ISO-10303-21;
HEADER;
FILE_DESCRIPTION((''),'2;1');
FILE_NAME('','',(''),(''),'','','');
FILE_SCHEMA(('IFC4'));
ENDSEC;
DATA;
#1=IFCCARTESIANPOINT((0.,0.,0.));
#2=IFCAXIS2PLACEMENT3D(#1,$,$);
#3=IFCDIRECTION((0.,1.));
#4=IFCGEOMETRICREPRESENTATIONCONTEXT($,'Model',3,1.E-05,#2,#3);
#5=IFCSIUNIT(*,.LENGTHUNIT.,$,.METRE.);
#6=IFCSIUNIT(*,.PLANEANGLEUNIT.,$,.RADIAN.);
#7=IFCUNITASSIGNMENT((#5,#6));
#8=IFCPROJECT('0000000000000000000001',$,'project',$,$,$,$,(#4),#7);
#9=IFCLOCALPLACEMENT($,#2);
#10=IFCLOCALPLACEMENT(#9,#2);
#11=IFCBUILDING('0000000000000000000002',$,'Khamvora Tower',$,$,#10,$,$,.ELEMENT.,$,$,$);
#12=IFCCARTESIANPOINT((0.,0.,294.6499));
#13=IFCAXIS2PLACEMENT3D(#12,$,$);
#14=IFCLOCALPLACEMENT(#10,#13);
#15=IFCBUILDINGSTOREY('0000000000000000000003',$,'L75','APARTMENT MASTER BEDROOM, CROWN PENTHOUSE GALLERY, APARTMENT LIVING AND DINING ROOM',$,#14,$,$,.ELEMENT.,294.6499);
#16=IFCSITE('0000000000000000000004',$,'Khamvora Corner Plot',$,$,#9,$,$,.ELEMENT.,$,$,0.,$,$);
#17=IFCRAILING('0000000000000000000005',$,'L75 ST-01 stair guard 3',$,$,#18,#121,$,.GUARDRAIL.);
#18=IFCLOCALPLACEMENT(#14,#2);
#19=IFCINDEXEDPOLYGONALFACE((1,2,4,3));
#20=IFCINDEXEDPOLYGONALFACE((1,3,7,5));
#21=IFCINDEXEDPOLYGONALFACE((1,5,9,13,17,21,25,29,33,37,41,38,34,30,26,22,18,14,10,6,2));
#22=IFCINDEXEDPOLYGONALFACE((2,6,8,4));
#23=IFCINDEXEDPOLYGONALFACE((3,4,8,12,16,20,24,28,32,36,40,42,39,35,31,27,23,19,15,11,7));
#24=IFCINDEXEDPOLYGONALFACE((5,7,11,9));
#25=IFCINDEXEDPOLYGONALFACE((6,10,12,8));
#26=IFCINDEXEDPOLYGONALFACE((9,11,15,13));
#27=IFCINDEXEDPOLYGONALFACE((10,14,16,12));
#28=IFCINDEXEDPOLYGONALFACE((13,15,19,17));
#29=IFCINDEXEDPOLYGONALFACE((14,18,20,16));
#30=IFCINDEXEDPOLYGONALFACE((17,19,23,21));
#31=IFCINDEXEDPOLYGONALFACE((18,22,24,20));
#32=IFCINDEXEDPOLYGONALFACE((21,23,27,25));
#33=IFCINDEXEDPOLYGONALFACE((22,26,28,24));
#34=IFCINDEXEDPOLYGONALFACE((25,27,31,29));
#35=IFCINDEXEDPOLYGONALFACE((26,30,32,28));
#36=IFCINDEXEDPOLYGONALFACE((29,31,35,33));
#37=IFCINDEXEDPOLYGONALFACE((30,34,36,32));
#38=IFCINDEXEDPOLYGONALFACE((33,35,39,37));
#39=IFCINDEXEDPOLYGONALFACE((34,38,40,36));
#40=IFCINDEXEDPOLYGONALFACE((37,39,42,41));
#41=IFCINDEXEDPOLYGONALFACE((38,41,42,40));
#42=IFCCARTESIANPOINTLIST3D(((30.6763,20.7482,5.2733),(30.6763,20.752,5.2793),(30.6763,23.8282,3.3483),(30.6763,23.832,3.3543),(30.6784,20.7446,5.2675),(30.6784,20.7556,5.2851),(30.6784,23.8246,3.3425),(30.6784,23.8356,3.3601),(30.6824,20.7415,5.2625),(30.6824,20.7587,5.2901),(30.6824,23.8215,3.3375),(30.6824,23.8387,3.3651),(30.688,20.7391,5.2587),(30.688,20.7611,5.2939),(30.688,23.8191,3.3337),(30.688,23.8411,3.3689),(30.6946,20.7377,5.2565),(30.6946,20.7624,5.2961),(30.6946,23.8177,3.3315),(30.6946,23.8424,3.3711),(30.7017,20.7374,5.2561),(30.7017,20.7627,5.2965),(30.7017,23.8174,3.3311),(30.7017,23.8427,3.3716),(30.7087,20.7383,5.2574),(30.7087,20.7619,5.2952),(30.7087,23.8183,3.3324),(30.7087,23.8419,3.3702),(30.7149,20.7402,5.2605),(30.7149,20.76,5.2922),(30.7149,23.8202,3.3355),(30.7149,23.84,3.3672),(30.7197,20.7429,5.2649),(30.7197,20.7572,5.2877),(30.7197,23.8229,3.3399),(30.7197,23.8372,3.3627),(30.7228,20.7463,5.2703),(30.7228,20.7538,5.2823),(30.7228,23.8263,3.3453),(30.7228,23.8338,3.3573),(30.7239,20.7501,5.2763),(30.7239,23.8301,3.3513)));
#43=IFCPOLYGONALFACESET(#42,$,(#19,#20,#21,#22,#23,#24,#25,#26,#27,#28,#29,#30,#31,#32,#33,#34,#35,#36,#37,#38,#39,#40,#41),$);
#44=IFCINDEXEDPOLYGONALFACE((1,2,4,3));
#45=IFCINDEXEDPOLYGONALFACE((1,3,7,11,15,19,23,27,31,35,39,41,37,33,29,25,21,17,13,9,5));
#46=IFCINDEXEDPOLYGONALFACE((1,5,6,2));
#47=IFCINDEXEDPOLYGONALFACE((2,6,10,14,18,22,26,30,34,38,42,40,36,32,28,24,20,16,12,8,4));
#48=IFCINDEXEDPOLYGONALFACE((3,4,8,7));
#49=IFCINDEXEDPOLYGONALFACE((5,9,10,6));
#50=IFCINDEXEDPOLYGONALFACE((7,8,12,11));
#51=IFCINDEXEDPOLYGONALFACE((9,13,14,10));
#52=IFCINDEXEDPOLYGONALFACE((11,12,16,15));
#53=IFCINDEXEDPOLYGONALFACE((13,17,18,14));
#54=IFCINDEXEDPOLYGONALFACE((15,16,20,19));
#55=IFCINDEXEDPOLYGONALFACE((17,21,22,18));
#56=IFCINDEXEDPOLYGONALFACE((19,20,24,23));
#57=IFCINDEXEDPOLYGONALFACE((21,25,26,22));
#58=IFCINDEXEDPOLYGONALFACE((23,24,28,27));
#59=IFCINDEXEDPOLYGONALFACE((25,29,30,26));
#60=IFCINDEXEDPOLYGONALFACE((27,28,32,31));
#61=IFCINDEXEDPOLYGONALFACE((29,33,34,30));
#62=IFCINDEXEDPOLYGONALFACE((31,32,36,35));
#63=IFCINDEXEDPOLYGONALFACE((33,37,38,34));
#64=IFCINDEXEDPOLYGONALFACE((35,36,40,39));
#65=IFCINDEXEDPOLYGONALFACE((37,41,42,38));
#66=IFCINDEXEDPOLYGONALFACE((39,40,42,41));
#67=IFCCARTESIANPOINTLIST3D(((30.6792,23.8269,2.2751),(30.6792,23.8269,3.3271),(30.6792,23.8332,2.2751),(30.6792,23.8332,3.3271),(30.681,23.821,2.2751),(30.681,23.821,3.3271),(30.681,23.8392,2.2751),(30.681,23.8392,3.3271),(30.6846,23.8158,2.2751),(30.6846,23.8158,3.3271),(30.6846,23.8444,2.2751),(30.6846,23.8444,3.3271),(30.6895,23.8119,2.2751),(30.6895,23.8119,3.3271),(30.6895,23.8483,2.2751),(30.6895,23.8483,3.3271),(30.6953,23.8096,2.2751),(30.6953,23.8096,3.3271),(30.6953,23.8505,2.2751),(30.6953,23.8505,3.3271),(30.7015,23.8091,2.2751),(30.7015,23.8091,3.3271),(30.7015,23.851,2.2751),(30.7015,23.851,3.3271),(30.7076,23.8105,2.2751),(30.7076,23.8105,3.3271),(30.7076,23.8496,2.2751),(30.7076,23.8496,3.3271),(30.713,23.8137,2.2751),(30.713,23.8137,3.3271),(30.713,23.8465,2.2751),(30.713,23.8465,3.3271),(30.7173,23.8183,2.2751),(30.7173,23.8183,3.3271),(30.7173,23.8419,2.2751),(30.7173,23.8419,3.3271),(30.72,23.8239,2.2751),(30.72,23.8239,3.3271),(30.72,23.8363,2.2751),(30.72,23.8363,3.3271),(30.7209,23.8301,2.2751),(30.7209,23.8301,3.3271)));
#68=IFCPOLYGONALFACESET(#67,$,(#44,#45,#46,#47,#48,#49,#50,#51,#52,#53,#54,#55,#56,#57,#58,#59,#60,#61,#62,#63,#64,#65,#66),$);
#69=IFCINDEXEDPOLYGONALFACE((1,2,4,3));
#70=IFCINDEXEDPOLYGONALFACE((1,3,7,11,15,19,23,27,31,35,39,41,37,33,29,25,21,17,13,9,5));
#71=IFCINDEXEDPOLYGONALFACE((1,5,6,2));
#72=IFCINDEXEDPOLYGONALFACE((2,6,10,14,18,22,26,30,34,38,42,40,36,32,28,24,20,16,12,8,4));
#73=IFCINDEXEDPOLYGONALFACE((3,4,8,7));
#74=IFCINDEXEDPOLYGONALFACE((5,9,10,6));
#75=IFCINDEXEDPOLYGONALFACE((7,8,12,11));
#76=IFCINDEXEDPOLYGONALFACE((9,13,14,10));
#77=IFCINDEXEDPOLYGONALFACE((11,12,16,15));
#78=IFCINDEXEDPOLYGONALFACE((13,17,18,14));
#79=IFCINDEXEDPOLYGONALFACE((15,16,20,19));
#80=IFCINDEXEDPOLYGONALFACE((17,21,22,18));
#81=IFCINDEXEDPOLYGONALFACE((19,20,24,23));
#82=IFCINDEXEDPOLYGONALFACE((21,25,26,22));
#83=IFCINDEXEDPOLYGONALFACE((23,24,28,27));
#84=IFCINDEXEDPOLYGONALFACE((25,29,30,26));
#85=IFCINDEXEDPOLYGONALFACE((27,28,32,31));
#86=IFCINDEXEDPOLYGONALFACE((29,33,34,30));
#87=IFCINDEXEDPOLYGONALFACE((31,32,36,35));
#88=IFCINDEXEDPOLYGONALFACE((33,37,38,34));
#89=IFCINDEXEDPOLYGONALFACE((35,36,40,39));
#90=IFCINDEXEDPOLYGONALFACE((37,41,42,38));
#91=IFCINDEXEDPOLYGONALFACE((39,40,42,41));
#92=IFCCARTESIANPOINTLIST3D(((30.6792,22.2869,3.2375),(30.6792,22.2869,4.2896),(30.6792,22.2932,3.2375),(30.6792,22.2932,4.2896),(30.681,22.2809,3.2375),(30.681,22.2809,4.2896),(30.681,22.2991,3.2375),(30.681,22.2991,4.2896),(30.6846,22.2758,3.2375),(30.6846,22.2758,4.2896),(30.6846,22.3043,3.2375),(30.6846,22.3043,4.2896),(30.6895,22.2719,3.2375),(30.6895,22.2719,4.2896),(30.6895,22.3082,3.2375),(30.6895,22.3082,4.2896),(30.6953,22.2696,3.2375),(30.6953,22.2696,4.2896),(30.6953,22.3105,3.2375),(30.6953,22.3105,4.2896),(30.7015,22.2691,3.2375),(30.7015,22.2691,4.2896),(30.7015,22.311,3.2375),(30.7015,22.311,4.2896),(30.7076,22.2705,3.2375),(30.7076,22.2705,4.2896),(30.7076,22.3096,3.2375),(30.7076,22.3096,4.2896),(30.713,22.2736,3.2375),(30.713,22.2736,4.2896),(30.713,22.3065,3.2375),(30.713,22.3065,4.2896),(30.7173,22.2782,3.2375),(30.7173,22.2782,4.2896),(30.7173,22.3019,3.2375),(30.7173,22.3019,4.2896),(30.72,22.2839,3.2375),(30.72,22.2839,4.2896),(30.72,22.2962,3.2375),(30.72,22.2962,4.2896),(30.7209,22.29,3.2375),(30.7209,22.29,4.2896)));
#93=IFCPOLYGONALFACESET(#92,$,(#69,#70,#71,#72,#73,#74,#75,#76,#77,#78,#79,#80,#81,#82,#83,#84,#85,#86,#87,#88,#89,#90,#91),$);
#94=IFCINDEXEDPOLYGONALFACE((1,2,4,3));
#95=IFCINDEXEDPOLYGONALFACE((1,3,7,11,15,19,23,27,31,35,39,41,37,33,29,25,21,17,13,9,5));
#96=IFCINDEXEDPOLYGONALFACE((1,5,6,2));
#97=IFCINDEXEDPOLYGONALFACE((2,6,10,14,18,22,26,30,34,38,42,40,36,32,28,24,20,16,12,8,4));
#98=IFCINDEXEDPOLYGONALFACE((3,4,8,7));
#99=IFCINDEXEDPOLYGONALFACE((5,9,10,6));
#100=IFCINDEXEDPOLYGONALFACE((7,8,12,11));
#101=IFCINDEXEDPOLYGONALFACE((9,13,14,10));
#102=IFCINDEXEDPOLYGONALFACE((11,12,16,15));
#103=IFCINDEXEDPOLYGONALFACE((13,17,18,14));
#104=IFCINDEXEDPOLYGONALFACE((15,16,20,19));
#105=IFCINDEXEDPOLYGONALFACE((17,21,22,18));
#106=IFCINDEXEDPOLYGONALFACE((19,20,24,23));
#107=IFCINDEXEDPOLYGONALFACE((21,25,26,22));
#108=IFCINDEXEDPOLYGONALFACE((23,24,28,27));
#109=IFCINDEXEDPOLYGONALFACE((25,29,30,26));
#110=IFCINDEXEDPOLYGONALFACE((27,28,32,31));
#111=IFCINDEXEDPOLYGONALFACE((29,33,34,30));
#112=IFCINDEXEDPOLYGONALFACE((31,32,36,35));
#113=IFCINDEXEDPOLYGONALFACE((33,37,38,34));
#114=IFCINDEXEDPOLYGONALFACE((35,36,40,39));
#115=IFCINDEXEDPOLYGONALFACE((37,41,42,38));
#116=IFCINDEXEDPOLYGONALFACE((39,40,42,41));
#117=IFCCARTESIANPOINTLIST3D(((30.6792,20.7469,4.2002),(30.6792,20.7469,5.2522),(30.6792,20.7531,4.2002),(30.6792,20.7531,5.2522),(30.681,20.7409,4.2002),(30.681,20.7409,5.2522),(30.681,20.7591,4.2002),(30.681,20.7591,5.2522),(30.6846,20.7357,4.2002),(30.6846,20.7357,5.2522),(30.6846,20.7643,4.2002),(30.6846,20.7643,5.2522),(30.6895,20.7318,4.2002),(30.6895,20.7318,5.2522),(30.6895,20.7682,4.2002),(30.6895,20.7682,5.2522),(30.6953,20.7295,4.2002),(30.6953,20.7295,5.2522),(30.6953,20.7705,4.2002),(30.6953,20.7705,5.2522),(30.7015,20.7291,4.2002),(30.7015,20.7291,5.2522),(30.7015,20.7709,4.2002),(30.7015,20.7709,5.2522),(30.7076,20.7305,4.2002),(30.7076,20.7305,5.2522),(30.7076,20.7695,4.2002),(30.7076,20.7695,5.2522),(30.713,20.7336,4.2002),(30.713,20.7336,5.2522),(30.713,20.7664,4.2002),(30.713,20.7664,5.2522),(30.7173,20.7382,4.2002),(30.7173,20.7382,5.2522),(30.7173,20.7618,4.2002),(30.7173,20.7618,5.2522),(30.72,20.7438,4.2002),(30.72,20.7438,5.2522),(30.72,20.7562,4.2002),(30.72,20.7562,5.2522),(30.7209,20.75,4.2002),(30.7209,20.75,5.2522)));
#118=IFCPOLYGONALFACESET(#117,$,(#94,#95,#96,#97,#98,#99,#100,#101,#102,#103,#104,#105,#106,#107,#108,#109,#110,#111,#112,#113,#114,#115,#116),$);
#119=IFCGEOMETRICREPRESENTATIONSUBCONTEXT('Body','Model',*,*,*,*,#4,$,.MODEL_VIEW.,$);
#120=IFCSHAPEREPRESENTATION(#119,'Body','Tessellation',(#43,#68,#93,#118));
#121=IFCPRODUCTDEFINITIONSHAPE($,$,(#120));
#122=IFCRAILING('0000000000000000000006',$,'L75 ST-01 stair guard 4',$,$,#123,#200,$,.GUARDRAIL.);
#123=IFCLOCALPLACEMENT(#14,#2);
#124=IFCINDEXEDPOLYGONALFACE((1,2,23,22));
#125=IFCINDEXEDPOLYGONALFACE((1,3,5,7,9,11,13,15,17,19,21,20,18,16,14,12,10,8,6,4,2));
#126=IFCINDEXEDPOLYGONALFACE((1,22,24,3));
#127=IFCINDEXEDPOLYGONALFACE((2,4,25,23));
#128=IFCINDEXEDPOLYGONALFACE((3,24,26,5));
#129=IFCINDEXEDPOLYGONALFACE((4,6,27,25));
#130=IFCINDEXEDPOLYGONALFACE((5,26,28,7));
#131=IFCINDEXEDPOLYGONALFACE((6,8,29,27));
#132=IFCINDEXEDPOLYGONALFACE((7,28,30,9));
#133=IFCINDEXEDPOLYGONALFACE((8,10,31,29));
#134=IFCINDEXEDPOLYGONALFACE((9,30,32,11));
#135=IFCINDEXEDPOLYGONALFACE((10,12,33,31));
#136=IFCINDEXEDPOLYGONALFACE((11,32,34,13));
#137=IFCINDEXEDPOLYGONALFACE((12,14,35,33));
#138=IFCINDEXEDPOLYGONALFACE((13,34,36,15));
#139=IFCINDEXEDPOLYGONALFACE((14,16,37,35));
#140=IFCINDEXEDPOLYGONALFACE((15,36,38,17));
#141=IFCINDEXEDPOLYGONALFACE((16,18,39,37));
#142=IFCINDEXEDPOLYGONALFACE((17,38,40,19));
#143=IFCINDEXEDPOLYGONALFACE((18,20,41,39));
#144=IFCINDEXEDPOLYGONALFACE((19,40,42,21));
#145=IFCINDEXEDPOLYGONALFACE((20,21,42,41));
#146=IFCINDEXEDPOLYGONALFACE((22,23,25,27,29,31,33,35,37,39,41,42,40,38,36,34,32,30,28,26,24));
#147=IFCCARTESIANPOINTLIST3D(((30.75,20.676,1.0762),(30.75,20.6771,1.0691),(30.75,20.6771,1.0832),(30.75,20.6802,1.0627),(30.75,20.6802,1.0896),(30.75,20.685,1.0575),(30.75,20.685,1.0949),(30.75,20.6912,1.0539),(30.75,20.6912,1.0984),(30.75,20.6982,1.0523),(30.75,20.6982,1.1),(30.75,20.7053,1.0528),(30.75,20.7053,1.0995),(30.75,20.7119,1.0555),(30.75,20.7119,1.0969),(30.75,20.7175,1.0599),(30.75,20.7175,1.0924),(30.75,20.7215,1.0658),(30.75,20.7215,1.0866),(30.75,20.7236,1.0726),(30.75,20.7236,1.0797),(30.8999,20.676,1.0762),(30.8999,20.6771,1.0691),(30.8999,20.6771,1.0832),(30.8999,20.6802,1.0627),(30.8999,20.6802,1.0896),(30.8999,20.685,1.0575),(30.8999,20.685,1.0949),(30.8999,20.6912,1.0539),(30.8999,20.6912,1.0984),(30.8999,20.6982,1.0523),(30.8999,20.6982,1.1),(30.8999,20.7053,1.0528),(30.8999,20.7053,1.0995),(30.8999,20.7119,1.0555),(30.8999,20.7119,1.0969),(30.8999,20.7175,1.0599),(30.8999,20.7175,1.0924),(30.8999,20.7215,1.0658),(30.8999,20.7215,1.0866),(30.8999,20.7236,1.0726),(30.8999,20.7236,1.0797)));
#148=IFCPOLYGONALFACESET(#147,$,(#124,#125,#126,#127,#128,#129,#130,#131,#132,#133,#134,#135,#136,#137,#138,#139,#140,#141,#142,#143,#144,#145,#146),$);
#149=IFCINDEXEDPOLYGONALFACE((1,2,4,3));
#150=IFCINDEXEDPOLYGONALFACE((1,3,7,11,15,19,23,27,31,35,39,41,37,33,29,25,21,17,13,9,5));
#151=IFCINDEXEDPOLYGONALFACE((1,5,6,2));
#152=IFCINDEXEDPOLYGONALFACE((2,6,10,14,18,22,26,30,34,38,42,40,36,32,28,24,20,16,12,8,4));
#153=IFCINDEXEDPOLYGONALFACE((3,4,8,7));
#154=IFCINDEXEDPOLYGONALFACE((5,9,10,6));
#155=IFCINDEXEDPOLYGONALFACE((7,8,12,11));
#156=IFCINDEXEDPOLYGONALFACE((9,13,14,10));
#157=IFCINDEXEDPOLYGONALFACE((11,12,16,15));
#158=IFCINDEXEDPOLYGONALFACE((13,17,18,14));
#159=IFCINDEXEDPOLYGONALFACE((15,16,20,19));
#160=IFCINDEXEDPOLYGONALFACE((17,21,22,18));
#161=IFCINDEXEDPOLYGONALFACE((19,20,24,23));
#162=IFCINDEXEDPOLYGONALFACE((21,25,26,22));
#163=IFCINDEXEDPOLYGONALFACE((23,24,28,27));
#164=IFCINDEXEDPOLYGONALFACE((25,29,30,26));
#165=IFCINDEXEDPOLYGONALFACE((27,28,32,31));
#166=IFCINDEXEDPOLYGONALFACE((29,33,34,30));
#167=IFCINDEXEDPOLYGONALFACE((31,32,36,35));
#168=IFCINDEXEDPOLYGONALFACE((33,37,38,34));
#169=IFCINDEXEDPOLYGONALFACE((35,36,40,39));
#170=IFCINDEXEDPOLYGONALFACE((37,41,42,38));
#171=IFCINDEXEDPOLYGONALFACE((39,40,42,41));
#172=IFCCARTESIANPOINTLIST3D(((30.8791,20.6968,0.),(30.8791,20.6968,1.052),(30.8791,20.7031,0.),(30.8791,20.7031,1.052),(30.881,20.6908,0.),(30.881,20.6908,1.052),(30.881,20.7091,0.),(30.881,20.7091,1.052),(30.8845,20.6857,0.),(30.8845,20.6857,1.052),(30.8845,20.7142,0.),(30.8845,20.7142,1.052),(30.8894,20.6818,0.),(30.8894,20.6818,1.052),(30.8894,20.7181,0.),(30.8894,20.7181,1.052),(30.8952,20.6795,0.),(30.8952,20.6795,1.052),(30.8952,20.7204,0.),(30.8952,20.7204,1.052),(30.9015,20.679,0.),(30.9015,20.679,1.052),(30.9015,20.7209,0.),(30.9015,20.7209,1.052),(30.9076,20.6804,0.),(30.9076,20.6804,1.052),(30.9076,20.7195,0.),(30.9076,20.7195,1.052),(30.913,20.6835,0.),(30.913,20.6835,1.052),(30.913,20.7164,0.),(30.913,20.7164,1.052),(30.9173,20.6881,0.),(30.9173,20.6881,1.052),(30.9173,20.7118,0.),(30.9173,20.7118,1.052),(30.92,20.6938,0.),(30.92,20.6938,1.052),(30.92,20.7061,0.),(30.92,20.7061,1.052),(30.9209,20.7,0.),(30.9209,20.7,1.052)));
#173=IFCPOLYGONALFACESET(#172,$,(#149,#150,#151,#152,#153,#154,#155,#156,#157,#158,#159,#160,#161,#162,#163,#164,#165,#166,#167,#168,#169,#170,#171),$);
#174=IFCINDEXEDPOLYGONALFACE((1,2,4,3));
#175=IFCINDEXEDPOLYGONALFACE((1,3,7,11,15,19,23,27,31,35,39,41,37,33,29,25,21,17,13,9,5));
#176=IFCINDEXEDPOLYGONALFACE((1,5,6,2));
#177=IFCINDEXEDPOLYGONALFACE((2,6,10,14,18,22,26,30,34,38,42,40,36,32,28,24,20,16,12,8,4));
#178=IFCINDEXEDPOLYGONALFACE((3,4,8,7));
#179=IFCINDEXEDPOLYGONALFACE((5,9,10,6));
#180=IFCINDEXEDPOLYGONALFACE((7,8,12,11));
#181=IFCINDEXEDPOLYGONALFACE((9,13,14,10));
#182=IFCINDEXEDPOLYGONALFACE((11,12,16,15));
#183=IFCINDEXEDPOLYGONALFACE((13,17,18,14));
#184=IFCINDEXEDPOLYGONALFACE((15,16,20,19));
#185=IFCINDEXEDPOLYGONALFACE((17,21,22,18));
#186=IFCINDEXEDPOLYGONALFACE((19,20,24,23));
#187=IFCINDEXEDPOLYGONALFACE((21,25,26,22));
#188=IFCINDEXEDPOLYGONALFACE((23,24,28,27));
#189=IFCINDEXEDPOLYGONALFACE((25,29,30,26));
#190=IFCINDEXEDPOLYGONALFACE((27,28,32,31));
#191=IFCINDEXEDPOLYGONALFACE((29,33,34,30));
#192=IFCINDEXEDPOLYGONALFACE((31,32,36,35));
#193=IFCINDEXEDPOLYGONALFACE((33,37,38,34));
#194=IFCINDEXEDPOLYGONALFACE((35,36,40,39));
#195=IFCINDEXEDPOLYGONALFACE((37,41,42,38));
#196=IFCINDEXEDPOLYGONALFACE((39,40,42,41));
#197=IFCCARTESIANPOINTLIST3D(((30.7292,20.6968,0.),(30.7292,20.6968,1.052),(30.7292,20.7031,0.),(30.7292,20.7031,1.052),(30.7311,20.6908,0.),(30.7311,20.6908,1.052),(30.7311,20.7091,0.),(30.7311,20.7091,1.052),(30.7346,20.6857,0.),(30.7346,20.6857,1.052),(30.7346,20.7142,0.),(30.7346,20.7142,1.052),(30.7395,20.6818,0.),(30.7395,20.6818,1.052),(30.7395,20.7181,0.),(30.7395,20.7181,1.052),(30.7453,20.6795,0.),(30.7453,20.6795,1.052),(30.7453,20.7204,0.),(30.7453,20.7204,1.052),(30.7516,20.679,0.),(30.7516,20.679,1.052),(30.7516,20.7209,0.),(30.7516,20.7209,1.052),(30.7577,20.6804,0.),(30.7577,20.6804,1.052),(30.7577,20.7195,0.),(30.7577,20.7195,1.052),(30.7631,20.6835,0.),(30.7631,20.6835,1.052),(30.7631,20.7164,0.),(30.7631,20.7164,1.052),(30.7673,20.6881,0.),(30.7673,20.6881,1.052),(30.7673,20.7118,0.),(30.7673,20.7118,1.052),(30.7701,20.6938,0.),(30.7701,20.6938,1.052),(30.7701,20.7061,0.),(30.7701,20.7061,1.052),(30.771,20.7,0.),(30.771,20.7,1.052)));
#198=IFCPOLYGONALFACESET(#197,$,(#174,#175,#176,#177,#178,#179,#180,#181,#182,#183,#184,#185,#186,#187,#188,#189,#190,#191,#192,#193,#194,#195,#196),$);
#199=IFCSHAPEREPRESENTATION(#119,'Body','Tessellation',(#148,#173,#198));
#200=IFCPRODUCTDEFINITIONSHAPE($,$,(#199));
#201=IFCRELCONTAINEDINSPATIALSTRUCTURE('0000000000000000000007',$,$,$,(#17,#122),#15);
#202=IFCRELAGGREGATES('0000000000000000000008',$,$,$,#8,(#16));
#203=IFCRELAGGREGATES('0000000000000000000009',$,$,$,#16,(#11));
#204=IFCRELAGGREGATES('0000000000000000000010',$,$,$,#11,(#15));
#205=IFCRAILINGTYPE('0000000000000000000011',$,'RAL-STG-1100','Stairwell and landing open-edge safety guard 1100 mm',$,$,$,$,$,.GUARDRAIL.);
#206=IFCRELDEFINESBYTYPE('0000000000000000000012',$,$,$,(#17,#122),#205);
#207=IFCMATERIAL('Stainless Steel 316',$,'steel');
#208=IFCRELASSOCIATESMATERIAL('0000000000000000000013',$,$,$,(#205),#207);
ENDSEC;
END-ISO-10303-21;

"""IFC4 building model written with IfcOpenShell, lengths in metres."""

from ifc_helpers import new_model, si_unit, direction, frame, origin, origin_2d, place, context, subcontext, project, spatial, circle, extrude, material, type_object, element, save


model = new_model("IFC4")

# Units and contexts
model_context = context("Model", 3, precision=1e-05, world=origin(), true_north=direction((0.0, 1.0)))
body_context = subcontext(model_context, "Body", "Model", "MODEL_VIEW")
ifc_project = project(units=[si_unit("LENGTHUNIT", "METRE"), si_unit("PLANEANGLEUNIT", "RADIAN")], contexts=[model_context])

# Site, building, storey
site_placement = place(None, origin())
site = spatial("IfcSite", under=ifc_project, at=site_placement, Name="Khamvora Corner Plot", CompositionType="ELEMENT", RefElevation=0.0)
building_placement = place(site_placement, origin())
building = spatial("IfcBuilding", under=site, at=building_placement, Name="Khamvora Tower", CompositionType="ELEMENT")
storey_placement = place(building_placement, frame((0.0, 0.0, 294.6499)))
storey = spatial("IfcBuildingStorey", under=building, at=storey_placement, Name="L75", Description="APARTMENT MASTER BEDROOM, CROWN PENTHOUSE GALLERY, APARTMENT LIVING AND DINING ROOM", CompositionType="ELEMENT", Elevation=294.6499)

# Railings
ifc_material_1 = material(Name="Stainless Steel 316", Category="steel")
railing_type_1 = type_object("IfcRailingType", Name="RAL-STG-1100", Description="Stairwell and landing open-edge safety guard 1100 mm", PredefinedType="GUARDRAIL", material=ifc_material_1)
railing_1_placement = place(storey_placement, frame((30.7, 23.8301, 2.2751)))
element("IfcRailing", 1, at=railing_1_placement, inside=storey, type_object=railing_type_1, Name="L75 ST-01 stair guard 3", PredefinedType="GUARDRAIL", context=body_context, shape_type="SweptSolid", body=[
    extrude(circle(Radius=0.0239, at=origin_2d()), frame((0.0, 0.0, 1.0762), z_axis=(0.0, -0.847998, 0.529999), x_axis=(1.0, 0.0, 0.0)), (0.0, 0.0, 1.0), 3.6321),
    extrude(circle(Radius=0.021, at=origin_2d()), origin(), (0.0, 0.0, 1.0), 1.052),
    extrude(circle(Radius=0.021, at=origin_2d()), frame((0.0, -1.54, 0.9624)), (0.0, 0.0, 1.0), 1.052),
    extrude(circle(Radius=0.021, at=origin_2d()), frame((0.0, -3.0801, 1.925)), (0.0, 0.0, 1.0), 1.052),
])
railing_2_placement = place(storey_placement, frame((30.8999, 20.7, 0.0)))
element("IfcRailing", 2, at=railing_2_placement, inside=storey, type_object=railing_type_1, Name="L75 ST-01 stair guard 4", PredefinedType="GUARDRAIL", context=body_context, shape_type="SweptSolid", body=[
    extrude(circle(Radius=0.0239, at=origin_2d()), frame((0.0, 0.0, 1.0762), z_axis=(-1.0, 0.0, 0.0), x_axis=(0.0, -1.0, 0.0)), (0.0, 0.0, 1.0), 0.1499),
    extrude(circle(Radius=0.021, at=origin_2d()), origin(), (0.0, 0.0, 1.0), 1.052),
    extrude(circle(Radius=0.021, at=origin_2d()), frame((-0.1499, 0.0, 0.0)), (0.0, 0.0, 1.0), 1.052),
])

save(model, "model.ifc")
